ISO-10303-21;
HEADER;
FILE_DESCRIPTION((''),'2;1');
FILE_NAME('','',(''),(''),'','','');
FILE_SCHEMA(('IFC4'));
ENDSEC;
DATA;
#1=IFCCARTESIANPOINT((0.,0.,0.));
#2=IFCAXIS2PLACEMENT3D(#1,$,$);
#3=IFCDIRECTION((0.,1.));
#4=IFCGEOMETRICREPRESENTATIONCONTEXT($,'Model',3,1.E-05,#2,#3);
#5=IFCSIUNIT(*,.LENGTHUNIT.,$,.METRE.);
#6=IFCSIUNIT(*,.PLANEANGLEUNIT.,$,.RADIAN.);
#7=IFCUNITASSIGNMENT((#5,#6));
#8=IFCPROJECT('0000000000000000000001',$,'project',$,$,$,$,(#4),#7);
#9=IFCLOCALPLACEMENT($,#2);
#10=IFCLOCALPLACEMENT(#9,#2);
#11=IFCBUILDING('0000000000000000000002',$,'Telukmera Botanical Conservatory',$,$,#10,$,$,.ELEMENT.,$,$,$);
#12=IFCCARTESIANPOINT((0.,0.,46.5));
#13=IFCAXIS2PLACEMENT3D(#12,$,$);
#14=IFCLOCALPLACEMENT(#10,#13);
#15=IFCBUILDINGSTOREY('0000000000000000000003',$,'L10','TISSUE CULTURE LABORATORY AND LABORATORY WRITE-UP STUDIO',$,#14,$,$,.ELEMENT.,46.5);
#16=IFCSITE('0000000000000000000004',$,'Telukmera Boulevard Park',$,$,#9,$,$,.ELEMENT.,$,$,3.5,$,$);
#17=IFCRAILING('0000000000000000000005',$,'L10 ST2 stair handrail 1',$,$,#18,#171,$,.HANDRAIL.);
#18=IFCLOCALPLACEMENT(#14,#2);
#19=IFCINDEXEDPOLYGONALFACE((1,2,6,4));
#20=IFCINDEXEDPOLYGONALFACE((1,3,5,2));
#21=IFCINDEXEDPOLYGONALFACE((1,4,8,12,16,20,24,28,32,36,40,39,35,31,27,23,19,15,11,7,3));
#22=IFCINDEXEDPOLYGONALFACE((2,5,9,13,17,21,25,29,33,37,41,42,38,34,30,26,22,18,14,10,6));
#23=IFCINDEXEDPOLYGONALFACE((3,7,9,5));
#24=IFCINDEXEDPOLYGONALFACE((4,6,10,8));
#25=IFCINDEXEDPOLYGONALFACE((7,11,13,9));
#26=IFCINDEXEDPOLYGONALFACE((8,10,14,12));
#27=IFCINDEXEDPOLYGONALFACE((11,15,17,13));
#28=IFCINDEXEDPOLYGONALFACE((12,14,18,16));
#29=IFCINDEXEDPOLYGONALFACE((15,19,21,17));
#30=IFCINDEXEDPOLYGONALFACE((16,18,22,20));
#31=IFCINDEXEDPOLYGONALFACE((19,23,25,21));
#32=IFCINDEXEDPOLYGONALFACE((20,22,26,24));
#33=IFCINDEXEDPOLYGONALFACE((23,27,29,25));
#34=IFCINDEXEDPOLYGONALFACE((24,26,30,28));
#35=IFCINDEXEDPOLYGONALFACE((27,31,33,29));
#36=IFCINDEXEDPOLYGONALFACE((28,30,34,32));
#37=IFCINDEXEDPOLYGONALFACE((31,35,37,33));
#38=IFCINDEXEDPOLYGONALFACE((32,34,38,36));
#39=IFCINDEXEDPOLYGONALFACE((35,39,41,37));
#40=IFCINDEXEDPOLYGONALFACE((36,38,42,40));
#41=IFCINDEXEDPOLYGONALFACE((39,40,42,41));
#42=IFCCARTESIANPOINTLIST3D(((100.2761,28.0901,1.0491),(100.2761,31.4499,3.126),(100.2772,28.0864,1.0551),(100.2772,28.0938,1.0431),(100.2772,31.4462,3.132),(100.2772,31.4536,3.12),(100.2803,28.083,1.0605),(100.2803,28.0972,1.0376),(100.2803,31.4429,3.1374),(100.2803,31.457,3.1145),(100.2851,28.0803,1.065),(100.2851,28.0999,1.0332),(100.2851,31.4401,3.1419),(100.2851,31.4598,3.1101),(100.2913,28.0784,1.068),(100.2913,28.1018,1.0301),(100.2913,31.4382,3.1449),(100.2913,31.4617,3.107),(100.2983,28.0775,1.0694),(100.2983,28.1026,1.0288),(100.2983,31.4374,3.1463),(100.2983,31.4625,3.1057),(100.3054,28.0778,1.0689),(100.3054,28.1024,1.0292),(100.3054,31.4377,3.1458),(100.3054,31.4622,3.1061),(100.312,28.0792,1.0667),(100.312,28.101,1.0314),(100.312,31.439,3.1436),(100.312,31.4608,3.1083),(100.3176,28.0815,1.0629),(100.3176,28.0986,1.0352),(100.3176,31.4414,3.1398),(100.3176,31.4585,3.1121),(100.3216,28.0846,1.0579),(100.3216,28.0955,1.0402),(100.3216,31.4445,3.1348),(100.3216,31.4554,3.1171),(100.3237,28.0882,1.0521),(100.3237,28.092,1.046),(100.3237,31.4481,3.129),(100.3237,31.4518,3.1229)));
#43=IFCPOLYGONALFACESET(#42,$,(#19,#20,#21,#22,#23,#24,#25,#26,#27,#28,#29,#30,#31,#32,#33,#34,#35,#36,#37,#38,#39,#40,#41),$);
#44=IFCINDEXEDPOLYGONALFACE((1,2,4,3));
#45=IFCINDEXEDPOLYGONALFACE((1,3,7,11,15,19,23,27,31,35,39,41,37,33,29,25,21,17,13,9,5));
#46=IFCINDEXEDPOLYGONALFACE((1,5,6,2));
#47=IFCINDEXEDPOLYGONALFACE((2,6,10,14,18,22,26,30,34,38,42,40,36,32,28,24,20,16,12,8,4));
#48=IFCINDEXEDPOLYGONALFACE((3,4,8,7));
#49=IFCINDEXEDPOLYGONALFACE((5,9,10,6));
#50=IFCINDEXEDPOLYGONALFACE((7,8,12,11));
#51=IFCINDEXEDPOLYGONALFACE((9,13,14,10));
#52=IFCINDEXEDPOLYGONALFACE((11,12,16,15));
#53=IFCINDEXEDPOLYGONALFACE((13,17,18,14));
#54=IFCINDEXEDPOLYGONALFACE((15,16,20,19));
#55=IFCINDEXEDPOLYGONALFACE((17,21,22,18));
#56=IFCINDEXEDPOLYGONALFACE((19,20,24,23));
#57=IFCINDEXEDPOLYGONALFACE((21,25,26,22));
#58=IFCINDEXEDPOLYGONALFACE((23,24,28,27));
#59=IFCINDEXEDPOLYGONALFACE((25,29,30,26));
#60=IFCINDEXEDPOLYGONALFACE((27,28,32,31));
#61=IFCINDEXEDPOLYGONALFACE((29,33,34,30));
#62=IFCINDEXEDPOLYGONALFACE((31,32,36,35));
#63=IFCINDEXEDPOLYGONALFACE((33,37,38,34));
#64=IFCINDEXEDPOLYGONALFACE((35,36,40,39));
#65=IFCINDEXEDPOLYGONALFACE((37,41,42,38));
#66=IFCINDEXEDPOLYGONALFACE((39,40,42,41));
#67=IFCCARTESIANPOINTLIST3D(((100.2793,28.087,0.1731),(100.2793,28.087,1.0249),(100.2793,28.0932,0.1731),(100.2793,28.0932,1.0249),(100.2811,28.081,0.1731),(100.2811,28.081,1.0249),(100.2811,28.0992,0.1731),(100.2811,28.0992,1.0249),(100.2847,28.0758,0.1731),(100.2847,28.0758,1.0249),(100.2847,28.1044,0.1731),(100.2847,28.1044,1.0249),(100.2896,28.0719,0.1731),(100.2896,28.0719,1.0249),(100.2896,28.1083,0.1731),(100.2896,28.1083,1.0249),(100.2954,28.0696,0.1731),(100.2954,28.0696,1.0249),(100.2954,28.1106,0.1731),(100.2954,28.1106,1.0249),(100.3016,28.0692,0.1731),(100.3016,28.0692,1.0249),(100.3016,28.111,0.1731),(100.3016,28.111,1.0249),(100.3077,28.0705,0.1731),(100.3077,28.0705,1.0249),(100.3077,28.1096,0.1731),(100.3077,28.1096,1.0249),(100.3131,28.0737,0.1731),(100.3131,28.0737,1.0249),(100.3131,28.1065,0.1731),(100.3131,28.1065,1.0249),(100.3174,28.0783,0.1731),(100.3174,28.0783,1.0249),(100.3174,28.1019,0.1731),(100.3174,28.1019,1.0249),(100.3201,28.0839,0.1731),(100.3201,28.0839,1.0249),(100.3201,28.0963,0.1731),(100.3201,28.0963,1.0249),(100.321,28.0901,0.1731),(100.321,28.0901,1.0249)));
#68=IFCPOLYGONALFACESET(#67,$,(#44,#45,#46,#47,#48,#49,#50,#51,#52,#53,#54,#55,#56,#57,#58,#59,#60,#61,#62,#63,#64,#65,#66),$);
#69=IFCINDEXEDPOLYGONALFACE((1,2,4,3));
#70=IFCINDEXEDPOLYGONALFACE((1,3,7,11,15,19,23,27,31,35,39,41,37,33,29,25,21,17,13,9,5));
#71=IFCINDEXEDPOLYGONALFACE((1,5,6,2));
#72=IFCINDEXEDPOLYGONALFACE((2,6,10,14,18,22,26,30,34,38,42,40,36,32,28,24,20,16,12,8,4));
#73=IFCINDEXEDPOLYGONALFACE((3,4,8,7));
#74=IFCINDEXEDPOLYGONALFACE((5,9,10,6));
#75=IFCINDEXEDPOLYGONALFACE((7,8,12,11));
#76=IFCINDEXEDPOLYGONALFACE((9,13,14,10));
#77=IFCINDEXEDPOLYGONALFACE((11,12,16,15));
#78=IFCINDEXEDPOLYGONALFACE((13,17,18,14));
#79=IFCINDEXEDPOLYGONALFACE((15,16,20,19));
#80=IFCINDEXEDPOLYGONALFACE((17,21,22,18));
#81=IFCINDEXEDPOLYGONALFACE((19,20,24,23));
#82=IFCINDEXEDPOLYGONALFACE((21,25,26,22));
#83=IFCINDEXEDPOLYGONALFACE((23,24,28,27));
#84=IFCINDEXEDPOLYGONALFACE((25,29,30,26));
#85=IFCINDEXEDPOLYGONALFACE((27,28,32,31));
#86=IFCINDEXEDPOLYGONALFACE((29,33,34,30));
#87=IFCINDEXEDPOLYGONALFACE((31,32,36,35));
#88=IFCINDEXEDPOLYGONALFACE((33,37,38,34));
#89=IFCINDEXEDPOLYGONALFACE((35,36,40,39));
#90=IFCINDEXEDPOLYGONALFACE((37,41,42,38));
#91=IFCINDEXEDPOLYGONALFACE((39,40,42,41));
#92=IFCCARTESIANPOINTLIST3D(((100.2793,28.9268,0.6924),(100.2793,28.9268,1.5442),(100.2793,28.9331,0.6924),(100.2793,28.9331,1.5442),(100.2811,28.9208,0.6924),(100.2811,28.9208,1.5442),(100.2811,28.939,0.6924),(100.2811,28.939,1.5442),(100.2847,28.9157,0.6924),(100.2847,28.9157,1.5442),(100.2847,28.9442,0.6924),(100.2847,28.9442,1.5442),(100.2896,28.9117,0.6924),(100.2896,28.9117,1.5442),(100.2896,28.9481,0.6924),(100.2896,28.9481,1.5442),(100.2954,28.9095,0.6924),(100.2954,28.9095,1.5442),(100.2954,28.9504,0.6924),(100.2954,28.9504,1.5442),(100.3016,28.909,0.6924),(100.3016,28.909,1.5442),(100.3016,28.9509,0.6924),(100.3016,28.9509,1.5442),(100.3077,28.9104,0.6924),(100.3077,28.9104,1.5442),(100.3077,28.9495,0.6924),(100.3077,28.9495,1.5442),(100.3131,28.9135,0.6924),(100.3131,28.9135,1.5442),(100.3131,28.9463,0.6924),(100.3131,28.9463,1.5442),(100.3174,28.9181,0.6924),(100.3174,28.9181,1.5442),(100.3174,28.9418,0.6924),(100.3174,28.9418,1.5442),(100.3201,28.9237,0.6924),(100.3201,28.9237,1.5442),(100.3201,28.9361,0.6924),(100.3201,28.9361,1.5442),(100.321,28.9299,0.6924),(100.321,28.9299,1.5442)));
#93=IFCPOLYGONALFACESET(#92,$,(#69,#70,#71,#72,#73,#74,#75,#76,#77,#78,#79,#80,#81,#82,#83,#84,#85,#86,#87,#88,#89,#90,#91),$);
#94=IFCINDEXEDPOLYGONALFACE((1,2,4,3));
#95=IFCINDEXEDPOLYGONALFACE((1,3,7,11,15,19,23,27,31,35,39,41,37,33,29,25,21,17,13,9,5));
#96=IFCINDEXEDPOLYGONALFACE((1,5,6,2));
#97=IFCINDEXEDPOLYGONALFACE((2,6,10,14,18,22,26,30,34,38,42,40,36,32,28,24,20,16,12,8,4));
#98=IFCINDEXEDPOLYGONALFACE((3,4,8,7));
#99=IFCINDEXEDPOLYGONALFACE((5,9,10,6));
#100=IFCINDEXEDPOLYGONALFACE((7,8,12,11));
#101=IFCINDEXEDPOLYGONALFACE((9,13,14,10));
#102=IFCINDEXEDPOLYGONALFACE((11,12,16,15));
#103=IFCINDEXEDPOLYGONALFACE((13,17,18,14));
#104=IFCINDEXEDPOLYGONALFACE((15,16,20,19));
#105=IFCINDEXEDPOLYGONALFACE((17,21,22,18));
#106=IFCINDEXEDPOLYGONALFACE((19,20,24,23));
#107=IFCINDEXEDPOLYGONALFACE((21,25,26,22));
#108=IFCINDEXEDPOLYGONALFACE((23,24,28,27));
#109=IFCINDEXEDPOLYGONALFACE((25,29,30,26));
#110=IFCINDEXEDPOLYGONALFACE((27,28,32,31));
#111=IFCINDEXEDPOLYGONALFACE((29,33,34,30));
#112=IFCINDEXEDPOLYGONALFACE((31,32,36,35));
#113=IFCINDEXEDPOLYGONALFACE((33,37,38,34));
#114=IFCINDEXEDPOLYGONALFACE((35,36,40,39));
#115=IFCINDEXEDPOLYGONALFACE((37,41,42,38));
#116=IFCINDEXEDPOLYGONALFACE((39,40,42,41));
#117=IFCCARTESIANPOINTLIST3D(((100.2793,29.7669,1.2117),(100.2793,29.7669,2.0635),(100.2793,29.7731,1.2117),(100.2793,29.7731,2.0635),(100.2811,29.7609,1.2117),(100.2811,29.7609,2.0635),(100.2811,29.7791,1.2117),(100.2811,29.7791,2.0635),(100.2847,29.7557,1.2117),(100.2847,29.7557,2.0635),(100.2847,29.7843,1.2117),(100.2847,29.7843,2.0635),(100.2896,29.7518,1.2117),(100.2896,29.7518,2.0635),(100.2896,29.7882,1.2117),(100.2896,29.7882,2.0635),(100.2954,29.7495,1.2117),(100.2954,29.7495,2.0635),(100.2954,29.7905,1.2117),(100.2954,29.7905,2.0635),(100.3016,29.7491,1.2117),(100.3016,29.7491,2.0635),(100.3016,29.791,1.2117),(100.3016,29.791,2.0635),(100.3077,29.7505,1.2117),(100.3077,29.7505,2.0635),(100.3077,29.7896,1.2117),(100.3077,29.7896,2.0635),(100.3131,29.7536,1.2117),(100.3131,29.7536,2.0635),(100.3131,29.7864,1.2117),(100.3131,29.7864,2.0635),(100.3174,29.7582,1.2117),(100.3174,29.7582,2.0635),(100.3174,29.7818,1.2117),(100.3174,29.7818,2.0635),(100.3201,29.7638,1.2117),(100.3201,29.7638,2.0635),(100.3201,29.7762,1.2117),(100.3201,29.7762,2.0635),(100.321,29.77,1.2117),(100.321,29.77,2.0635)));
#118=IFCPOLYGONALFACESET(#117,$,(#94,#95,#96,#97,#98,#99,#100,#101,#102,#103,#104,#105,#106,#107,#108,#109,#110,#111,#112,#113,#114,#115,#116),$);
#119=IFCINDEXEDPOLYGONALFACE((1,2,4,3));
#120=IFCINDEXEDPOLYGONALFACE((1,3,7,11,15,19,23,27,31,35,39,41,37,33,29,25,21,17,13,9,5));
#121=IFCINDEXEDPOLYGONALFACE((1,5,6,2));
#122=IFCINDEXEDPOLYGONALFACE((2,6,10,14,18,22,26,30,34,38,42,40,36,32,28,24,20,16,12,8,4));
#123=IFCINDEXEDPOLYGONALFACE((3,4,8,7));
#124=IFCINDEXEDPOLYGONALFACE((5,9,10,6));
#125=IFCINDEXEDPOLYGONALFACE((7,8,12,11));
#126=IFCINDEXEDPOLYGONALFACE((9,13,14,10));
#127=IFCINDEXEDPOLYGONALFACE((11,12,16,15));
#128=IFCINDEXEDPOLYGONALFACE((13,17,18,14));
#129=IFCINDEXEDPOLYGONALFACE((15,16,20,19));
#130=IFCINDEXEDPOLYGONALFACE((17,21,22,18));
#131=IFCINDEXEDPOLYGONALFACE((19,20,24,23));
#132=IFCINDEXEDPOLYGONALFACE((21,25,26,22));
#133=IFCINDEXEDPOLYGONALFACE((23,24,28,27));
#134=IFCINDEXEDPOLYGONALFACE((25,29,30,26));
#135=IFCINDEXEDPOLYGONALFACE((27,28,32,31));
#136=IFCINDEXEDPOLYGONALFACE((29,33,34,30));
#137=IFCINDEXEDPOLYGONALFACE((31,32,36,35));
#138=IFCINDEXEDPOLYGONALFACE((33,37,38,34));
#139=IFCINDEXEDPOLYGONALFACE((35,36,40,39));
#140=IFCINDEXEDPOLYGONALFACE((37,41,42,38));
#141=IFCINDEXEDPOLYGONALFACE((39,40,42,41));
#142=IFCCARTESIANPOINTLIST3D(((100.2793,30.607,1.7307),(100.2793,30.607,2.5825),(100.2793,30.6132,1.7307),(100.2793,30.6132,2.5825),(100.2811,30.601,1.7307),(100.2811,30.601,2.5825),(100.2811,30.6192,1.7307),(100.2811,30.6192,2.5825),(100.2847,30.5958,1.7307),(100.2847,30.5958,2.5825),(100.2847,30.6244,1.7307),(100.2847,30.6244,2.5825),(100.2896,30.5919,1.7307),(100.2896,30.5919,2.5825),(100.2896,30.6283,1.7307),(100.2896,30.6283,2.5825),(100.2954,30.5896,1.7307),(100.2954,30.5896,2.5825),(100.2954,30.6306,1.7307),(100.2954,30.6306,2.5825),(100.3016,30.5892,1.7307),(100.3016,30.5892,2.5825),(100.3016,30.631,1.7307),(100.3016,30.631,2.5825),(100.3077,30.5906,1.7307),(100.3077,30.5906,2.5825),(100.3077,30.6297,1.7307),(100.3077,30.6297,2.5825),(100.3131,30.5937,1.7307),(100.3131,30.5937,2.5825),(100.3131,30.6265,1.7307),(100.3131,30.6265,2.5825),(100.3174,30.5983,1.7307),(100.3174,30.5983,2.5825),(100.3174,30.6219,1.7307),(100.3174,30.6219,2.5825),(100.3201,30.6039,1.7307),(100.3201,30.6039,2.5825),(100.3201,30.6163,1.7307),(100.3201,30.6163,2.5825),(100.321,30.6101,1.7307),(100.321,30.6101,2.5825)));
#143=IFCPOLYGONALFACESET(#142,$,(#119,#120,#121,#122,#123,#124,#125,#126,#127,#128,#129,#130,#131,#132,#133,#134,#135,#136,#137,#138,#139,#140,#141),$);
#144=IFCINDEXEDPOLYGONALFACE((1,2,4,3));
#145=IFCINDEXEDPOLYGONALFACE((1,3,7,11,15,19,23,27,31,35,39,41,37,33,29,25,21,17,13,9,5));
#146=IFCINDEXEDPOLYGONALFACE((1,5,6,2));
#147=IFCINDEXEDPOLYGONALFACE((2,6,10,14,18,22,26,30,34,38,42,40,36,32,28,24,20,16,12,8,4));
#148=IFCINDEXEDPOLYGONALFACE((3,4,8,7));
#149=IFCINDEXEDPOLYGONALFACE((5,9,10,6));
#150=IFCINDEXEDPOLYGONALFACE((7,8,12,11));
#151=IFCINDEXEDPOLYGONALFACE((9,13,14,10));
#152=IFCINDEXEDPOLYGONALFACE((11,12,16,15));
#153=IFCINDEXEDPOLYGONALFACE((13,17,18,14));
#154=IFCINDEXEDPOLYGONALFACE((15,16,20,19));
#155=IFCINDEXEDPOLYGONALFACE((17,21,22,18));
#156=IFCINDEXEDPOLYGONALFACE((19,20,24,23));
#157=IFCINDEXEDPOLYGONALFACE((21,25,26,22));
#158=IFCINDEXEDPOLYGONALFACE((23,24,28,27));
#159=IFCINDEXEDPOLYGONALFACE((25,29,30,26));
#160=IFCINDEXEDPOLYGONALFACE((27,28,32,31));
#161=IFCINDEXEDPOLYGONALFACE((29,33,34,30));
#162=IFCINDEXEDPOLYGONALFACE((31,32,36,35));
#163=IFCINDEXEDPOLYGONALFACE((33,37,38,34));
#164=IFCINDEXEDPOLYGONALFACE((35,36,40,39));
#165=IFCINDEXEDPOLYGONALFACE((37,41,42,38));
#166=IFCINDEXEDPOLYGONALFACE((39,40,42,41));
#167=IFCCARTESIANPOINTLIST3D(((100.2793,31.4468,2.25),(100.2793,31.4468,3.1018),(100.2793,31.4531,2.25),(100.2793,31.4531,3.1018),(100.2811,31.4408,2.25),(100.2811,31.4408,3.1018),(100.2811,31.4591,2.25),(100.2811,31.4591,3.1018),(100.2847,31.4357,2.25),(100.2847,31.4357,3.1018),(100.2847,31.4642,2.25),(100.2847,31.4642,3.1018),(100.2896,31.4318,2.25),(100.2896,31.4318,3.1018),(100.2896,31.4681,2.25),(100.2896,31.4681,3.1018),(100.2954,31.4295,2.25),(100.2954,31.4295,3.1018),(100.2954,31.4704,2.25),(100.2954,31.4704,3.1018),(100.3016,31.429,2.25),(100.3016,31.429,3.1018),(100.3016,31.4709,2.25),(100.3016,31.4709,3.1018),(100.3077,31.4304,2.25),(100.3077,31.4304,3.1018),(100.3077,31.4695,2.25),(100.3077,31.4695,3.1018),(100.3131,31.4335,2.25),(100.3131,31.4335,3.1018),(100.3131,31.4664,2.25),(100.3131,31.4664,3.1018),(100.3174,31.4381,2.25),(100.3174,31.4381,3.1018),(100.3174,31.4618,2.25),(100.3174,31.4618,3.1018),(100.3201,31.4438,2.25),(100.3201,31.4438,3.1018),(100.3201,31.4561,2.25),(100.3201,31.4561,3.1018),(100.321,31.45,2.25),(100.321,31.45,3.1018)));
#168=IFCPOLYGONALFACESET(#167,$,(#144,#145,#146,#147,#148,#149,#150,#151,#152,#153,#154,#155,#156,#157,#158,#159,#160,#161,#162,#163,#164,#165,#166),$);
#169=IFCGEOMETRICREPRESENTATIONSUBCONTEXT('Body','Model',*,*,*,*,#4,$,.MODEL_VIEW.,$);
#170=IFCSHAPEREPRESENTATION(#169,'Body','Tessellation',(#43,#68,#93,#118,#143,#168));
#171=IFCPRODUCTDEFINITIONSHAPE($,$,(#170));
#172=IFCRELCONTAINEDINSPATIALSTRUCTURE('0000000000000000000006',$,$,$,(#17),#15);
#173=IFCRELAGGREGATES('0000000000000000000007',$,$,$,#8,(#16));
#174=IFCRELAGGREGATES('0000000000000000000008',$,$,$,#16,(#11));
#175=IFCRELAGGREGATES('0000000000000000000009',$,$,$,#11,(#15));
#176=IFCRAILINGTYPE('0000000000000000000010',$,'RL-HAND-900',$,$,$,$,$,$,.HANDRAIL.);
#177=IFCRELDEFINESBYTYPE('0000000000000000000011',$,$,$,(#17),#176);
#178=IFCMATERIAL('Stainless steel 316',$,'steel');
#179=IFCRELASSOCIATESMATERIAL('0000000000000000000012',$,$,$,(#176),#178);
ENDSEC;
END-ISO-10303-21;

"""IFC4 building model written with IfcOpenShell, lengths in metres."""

from ifc_helpers import new_model, si_unit, direction, frame, origin, origin_2d, place, context, subcontext, project, spatial, circle, extrude, material, type_object, element, save


model = new_model("IFC4")

# Units and contexts
model_context = context("Model", 3, precision=1e-05, world=origin(), true_north=direction((0.0, 1.0)))
body_context = subcontext(model_context, "Body", "Model", "MODEL_VIEW")
ifc_project = project(units=[si_unit("LENGTHUNIT", "METRE"), si_unit("PLANEANGLEUNIT", "RADIAN")], contexts=[model_context])

# Site, building, storey
site_placement = place(None, origin())
site = spatial("IfcSite", under=ifc_project, at=site_placement, Name="Telukmera Boulevard Park", CompositionType="ELEMENT", RefElevation=3.5)
building_placement = place(site_placement, origin())
building = spatial("IfcBuilding", under=site, at=building_placement, Name="Telukmera Botanical Conservatory", CompositionType="ELEMENT")
storey_placement = place(building_placement, frame((0.0, 0.0, 46.5)))
storey = spatial("IfcBuildingStorey", under=building, at=storey_placement, Name="L10", Description="TISSUE CULTURE LABORATORY AND LABORATORY WRITE-UP STUDIO", CompositionType="ELEMENT", Elevation=46.5)

# Shared definitions
ifc_material_1 = material(Name="Stainless steel 316", Category="steel")

# Railing
railing_type_1 = type_object("IfcRailingType", Name="RL-HAND-900", PredefinedType="HANDRAIL", material=ifc_material_1)
railing_1_placement = place(storey_placement, frame((100.3, 28.0901, 0.1731)))
element("IfcRailing", 1, at=railing_1_placement, inside=storey, type_object=railing_type_1, Name="L10 ST2 stair handrail 1", PredefinedType="HANDRAIL", context=body_context, shape_type="SweptSolid", body=[
    extrude(circle(Radius=0.0239, at=origin_2d()), frame((0.0, 0.0, 0.876), z_axis=(0.0, 0.850606, 0.525803), x_axis=(-1.0, 0.0, 0.0)), (0.0, 0.0, 1.0), 3.95),
    extrude(circle(Radius=0.021, at=origin_2d()), origin(), (0.0, 0.0, 1.0), 0.8518),
    extrude(circle(Radius=0.021, at=origin_2d()), frame((0.0, 0.8398, 0.5193)), (0.0, 0.0, 1.0), 0.8518),
    extrude(circle(Radius=0.021, at=origin_2d()), frame((0.0, 1.6799, 1.0386)), (0.0, 0.0, 1.0), 0.8518),
    extrude(circle(Radius=0.021, at=origin_2d()), frame((0.0, 2.52, 1.5576)), (0.0, 0.0, 1.0), 0.8518),
    extrude(circle(Radius=0.021, at=origin_2d()), frame((0.0, 3.3599, 2.0769)), (0.0, 0.0, 1.0), 0.8518),
])

save(model, "model.ifc")
